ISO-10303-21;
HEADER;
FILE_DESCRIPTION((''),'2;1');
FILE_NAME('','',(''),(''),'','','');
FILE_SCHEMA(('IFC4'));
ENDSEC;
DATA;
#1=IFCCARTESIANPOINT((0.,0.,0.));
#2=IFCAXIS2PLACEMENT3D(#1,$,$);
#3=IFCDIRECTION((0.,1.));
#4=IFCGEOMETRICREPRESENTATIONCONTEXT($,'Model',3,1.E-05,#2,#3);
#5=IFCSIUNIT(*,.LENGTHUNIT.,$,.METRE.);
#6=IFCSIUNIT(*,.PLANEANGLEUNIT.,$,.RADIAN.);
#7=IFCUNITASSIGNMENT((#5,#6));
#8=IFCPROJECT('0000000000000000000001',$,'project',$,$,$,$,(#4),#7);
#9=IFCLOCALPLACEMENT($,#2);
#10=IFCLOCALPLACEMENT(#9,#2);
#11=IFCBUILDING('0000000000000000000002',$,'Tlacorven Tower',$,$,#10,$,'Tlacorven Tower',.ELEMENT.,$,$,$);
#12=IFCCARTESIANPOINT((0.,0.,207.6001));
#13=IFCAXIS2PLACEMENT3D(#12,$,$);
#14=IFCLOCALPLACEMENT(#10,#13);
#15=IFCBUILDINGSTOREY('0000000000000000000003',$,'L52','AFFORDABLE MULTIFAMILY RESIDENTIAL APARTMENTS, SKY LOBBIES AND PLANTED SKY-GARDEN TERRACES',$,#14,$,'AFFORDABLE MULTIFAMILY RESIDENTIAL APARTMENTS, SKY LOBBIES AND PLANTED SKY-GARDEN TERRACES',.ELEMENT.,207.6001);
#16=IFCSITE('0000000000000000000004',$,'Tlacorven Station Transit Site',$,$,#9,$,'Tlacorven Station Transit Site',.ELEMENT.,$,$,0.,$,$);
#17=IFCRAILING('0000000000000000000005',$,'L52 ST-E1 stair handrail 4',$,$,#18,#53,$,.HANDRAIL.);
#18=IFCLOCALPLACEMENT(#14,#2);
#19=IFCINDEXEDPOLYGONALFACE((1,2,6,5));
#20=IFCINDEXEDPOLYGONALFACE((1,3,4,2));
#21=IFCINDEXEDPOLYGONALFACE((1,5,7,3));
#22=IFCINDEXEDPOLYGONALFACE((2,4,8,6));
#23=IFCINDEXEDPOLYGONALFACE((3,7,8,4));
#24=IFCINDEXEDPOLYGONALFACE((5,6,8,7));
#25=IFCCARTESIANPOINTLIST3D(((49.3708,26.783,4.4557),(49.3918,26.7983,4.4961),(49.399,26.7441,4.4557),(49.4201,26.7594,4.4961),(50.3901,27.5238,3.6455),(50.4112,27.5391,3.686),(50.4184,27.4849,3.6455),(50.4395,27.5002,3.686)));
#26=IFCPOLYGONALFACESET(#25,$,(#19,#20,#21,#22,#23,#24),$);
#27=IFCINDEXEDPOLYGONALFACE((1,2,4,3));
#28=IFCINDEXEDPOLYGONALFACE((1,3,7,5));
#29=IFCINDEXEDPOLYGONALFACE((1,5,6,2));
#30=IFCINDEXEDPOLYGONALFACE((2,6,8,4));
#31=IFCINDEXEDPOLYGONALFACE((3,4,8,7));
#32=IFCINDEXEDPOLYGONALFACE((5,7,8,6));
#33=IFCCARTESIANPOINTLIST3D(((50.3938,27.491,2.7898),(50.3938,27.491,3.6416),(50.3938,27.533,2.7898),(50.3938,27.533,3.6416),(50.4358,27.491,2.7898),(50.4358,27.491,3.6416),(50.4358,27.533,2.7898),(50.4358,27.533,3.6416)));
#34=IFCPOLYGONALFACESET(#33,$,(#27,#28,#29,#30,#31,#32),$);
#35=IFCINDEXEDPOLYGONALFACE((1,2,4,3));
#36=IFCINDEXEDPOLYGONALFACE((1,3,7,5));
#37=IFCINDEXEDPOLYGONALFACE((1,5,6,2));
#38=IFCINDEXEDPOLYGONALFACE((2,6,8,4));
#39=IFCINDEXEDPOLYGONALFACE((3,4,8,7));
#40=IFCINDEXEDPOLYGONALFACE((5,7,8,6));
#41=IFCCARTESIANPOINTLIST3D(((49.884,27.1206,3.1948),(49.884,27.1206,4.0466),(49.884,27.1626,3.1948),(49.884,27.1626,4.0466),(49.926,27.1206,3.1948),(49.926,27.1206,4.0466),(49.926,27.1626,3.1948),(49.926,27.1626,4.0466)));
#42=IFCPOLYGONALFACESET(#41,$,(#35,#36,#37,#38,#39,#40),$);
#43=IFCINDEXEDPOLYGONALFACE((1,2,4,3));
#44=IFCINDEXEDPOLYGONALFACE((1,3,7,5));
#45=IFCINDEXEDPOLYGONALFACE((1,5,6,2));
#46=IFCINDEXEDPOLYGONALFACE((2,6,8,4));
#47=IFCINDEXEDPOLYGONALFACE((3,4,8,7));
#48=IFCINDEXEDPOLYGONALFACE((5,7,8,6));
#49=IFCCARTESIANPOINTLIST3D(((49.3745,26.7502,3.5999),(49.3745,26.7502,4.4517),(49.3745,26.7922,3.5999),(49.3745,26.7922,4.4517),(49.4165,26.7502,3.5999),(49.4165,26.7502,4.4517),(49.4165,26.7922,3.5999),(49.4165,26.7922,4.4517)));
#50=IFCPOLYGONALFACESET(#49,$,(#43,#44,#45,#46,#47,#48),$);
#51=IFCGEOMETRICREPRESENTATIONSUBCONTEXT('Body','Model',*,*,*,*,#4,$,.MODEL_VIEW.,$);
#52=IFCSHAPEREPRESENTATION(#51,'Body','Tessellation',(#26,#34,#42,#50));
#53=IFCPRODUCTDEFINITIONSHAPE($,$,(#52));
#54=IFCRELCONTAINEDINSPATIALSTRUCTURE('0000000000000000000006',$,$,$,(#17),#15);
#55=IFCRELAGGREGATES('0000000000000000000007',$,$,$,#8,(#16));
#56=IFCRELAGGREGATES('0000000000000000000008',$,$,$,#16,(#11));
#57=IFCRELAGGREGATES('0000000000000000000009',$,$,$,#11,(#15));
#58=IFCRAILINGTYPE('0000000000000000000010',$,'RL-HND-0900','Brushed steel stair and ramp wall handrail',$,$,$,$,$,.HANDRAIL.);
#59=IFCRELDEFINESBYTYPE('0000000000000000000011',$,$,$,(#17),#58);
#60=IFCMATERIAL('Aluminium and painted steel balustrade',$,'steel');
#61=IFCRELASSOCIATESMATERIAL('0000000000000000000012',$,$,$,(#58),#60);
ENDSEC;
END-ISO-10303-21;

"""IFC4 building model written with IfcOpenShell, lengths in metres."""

from ifc_helpers import new_model, si_unit, direction, frame, origin, origin_2d, place, context, subcontext, project, spatial, rectangle, extrude, source, transform, mapped, material, type_object, element, save


model = new_model("IFC4")

# Units and contexts
model_context = context("Model", 3, precision=1e-05, world=origin(), true_north=direction((0.0, 1.0)))
body_context = subcontext(model_context, "Body", "Model", "MODEL_VIEW")
ifc_project = project(units=[si_unit("LENGTHUNIT", "METRE"), si_unit("PLANEANGLEUNIT", "RADIAN")], contexts=[model_context])

# Site, building, storey
site_placement = place(None, origin())
site = spatial("IfcSite", under=ifc_project, at=site_placement, Name="Tlacorven Station Transit Site", LongName="Tlacorven Station Transit Site", CompositionType="ELEMENT", RefElevation=0.0)
building_placement = place(site_placement, origin())
building = spatial("IfcBuilding", under=site, at=building_placement, Name="Tlacorven Tower", LongName="Tlacorven Tower", CompositionType="ELEMENT")
storey_placement = place(building_placement, frame((0.0, 0.0, 207.6001)))
storey = spatial("IfcBuildingStorey", under=building, at=storey_placement, Name="L52", Description="AFFORDABLE MULTIFAMILY RESIDENTIAL APARTMENTS, SKY LOBBIES AND PLANTED SKY-GARDEN TERRACES", LongName="AFFORDABLE MULTIFAMILY RESIDENTIAL APARTMENTS, SKY LOBBIES AND PLANTED SKY-GARDEN TERRACES", CompositionType="ELEMENT", Elevation=207.6001)

# Shared definitions
ifc_material_1 = material(Name="Aluminium and painted steel balustrade", Category="steel")

# Railing
railing_type_1 = type_object("IfcRailingType", Name="RL-HND-0900", Description="Brushed steel stair and ramp wall handrail", PredefinedType="HANDRAIL", material=ifc_material_1)
shared_shape_1 = source(origin(), body_context, "Body", "SweptSolid", [
    extrude(rectangle(XDim=0.0481, YDim=0.0481, at=origin_2d()), frame((0.0, 0.0, 0.876), z_axis=(-0.680461, -0.494496, 0.540783), x_axis=(0.587872, -0.808954, 0.0)), (0.0, 0.0, 1.0), 1.498),
    extrude(rectangle(XDim=0.042, YDim=0.042, at=origin_2d()), origin(), (0.0, 0.0, 1.0), 0.8518),
    extrude(rectangle(XDim=0.042, YDim=0.042, at=origin_2d()), frame((-0.5098, -0.3704, 0.405)), (0.0, 0.0, 1.0), 0.8518),
    extrude(rectangle(XDim=0.042, YDim=0.042, at=origin_2d()), frame((-1.0193, -0.7407, 0.8101)), (0.0, 0.0, 1.0), 0.8518),
])
railing_1_placement = place(storey_placement, frame((50.4148, 27.512, 2.7898)))
element("IfcRailing", 1, at=railing_1_placement, inside=storey, type_object=railing_type_1, Name="L52 ST-E1 stair handrail 4", PredefinedType="HANDRAIL", context=body_context, shape_type="MappedRepresentation", body=[
    mapped(shared_shape_1, transform((0.0, 0.0, 0.0), scale=1.0)),
])

save(model, "model.ifc")
